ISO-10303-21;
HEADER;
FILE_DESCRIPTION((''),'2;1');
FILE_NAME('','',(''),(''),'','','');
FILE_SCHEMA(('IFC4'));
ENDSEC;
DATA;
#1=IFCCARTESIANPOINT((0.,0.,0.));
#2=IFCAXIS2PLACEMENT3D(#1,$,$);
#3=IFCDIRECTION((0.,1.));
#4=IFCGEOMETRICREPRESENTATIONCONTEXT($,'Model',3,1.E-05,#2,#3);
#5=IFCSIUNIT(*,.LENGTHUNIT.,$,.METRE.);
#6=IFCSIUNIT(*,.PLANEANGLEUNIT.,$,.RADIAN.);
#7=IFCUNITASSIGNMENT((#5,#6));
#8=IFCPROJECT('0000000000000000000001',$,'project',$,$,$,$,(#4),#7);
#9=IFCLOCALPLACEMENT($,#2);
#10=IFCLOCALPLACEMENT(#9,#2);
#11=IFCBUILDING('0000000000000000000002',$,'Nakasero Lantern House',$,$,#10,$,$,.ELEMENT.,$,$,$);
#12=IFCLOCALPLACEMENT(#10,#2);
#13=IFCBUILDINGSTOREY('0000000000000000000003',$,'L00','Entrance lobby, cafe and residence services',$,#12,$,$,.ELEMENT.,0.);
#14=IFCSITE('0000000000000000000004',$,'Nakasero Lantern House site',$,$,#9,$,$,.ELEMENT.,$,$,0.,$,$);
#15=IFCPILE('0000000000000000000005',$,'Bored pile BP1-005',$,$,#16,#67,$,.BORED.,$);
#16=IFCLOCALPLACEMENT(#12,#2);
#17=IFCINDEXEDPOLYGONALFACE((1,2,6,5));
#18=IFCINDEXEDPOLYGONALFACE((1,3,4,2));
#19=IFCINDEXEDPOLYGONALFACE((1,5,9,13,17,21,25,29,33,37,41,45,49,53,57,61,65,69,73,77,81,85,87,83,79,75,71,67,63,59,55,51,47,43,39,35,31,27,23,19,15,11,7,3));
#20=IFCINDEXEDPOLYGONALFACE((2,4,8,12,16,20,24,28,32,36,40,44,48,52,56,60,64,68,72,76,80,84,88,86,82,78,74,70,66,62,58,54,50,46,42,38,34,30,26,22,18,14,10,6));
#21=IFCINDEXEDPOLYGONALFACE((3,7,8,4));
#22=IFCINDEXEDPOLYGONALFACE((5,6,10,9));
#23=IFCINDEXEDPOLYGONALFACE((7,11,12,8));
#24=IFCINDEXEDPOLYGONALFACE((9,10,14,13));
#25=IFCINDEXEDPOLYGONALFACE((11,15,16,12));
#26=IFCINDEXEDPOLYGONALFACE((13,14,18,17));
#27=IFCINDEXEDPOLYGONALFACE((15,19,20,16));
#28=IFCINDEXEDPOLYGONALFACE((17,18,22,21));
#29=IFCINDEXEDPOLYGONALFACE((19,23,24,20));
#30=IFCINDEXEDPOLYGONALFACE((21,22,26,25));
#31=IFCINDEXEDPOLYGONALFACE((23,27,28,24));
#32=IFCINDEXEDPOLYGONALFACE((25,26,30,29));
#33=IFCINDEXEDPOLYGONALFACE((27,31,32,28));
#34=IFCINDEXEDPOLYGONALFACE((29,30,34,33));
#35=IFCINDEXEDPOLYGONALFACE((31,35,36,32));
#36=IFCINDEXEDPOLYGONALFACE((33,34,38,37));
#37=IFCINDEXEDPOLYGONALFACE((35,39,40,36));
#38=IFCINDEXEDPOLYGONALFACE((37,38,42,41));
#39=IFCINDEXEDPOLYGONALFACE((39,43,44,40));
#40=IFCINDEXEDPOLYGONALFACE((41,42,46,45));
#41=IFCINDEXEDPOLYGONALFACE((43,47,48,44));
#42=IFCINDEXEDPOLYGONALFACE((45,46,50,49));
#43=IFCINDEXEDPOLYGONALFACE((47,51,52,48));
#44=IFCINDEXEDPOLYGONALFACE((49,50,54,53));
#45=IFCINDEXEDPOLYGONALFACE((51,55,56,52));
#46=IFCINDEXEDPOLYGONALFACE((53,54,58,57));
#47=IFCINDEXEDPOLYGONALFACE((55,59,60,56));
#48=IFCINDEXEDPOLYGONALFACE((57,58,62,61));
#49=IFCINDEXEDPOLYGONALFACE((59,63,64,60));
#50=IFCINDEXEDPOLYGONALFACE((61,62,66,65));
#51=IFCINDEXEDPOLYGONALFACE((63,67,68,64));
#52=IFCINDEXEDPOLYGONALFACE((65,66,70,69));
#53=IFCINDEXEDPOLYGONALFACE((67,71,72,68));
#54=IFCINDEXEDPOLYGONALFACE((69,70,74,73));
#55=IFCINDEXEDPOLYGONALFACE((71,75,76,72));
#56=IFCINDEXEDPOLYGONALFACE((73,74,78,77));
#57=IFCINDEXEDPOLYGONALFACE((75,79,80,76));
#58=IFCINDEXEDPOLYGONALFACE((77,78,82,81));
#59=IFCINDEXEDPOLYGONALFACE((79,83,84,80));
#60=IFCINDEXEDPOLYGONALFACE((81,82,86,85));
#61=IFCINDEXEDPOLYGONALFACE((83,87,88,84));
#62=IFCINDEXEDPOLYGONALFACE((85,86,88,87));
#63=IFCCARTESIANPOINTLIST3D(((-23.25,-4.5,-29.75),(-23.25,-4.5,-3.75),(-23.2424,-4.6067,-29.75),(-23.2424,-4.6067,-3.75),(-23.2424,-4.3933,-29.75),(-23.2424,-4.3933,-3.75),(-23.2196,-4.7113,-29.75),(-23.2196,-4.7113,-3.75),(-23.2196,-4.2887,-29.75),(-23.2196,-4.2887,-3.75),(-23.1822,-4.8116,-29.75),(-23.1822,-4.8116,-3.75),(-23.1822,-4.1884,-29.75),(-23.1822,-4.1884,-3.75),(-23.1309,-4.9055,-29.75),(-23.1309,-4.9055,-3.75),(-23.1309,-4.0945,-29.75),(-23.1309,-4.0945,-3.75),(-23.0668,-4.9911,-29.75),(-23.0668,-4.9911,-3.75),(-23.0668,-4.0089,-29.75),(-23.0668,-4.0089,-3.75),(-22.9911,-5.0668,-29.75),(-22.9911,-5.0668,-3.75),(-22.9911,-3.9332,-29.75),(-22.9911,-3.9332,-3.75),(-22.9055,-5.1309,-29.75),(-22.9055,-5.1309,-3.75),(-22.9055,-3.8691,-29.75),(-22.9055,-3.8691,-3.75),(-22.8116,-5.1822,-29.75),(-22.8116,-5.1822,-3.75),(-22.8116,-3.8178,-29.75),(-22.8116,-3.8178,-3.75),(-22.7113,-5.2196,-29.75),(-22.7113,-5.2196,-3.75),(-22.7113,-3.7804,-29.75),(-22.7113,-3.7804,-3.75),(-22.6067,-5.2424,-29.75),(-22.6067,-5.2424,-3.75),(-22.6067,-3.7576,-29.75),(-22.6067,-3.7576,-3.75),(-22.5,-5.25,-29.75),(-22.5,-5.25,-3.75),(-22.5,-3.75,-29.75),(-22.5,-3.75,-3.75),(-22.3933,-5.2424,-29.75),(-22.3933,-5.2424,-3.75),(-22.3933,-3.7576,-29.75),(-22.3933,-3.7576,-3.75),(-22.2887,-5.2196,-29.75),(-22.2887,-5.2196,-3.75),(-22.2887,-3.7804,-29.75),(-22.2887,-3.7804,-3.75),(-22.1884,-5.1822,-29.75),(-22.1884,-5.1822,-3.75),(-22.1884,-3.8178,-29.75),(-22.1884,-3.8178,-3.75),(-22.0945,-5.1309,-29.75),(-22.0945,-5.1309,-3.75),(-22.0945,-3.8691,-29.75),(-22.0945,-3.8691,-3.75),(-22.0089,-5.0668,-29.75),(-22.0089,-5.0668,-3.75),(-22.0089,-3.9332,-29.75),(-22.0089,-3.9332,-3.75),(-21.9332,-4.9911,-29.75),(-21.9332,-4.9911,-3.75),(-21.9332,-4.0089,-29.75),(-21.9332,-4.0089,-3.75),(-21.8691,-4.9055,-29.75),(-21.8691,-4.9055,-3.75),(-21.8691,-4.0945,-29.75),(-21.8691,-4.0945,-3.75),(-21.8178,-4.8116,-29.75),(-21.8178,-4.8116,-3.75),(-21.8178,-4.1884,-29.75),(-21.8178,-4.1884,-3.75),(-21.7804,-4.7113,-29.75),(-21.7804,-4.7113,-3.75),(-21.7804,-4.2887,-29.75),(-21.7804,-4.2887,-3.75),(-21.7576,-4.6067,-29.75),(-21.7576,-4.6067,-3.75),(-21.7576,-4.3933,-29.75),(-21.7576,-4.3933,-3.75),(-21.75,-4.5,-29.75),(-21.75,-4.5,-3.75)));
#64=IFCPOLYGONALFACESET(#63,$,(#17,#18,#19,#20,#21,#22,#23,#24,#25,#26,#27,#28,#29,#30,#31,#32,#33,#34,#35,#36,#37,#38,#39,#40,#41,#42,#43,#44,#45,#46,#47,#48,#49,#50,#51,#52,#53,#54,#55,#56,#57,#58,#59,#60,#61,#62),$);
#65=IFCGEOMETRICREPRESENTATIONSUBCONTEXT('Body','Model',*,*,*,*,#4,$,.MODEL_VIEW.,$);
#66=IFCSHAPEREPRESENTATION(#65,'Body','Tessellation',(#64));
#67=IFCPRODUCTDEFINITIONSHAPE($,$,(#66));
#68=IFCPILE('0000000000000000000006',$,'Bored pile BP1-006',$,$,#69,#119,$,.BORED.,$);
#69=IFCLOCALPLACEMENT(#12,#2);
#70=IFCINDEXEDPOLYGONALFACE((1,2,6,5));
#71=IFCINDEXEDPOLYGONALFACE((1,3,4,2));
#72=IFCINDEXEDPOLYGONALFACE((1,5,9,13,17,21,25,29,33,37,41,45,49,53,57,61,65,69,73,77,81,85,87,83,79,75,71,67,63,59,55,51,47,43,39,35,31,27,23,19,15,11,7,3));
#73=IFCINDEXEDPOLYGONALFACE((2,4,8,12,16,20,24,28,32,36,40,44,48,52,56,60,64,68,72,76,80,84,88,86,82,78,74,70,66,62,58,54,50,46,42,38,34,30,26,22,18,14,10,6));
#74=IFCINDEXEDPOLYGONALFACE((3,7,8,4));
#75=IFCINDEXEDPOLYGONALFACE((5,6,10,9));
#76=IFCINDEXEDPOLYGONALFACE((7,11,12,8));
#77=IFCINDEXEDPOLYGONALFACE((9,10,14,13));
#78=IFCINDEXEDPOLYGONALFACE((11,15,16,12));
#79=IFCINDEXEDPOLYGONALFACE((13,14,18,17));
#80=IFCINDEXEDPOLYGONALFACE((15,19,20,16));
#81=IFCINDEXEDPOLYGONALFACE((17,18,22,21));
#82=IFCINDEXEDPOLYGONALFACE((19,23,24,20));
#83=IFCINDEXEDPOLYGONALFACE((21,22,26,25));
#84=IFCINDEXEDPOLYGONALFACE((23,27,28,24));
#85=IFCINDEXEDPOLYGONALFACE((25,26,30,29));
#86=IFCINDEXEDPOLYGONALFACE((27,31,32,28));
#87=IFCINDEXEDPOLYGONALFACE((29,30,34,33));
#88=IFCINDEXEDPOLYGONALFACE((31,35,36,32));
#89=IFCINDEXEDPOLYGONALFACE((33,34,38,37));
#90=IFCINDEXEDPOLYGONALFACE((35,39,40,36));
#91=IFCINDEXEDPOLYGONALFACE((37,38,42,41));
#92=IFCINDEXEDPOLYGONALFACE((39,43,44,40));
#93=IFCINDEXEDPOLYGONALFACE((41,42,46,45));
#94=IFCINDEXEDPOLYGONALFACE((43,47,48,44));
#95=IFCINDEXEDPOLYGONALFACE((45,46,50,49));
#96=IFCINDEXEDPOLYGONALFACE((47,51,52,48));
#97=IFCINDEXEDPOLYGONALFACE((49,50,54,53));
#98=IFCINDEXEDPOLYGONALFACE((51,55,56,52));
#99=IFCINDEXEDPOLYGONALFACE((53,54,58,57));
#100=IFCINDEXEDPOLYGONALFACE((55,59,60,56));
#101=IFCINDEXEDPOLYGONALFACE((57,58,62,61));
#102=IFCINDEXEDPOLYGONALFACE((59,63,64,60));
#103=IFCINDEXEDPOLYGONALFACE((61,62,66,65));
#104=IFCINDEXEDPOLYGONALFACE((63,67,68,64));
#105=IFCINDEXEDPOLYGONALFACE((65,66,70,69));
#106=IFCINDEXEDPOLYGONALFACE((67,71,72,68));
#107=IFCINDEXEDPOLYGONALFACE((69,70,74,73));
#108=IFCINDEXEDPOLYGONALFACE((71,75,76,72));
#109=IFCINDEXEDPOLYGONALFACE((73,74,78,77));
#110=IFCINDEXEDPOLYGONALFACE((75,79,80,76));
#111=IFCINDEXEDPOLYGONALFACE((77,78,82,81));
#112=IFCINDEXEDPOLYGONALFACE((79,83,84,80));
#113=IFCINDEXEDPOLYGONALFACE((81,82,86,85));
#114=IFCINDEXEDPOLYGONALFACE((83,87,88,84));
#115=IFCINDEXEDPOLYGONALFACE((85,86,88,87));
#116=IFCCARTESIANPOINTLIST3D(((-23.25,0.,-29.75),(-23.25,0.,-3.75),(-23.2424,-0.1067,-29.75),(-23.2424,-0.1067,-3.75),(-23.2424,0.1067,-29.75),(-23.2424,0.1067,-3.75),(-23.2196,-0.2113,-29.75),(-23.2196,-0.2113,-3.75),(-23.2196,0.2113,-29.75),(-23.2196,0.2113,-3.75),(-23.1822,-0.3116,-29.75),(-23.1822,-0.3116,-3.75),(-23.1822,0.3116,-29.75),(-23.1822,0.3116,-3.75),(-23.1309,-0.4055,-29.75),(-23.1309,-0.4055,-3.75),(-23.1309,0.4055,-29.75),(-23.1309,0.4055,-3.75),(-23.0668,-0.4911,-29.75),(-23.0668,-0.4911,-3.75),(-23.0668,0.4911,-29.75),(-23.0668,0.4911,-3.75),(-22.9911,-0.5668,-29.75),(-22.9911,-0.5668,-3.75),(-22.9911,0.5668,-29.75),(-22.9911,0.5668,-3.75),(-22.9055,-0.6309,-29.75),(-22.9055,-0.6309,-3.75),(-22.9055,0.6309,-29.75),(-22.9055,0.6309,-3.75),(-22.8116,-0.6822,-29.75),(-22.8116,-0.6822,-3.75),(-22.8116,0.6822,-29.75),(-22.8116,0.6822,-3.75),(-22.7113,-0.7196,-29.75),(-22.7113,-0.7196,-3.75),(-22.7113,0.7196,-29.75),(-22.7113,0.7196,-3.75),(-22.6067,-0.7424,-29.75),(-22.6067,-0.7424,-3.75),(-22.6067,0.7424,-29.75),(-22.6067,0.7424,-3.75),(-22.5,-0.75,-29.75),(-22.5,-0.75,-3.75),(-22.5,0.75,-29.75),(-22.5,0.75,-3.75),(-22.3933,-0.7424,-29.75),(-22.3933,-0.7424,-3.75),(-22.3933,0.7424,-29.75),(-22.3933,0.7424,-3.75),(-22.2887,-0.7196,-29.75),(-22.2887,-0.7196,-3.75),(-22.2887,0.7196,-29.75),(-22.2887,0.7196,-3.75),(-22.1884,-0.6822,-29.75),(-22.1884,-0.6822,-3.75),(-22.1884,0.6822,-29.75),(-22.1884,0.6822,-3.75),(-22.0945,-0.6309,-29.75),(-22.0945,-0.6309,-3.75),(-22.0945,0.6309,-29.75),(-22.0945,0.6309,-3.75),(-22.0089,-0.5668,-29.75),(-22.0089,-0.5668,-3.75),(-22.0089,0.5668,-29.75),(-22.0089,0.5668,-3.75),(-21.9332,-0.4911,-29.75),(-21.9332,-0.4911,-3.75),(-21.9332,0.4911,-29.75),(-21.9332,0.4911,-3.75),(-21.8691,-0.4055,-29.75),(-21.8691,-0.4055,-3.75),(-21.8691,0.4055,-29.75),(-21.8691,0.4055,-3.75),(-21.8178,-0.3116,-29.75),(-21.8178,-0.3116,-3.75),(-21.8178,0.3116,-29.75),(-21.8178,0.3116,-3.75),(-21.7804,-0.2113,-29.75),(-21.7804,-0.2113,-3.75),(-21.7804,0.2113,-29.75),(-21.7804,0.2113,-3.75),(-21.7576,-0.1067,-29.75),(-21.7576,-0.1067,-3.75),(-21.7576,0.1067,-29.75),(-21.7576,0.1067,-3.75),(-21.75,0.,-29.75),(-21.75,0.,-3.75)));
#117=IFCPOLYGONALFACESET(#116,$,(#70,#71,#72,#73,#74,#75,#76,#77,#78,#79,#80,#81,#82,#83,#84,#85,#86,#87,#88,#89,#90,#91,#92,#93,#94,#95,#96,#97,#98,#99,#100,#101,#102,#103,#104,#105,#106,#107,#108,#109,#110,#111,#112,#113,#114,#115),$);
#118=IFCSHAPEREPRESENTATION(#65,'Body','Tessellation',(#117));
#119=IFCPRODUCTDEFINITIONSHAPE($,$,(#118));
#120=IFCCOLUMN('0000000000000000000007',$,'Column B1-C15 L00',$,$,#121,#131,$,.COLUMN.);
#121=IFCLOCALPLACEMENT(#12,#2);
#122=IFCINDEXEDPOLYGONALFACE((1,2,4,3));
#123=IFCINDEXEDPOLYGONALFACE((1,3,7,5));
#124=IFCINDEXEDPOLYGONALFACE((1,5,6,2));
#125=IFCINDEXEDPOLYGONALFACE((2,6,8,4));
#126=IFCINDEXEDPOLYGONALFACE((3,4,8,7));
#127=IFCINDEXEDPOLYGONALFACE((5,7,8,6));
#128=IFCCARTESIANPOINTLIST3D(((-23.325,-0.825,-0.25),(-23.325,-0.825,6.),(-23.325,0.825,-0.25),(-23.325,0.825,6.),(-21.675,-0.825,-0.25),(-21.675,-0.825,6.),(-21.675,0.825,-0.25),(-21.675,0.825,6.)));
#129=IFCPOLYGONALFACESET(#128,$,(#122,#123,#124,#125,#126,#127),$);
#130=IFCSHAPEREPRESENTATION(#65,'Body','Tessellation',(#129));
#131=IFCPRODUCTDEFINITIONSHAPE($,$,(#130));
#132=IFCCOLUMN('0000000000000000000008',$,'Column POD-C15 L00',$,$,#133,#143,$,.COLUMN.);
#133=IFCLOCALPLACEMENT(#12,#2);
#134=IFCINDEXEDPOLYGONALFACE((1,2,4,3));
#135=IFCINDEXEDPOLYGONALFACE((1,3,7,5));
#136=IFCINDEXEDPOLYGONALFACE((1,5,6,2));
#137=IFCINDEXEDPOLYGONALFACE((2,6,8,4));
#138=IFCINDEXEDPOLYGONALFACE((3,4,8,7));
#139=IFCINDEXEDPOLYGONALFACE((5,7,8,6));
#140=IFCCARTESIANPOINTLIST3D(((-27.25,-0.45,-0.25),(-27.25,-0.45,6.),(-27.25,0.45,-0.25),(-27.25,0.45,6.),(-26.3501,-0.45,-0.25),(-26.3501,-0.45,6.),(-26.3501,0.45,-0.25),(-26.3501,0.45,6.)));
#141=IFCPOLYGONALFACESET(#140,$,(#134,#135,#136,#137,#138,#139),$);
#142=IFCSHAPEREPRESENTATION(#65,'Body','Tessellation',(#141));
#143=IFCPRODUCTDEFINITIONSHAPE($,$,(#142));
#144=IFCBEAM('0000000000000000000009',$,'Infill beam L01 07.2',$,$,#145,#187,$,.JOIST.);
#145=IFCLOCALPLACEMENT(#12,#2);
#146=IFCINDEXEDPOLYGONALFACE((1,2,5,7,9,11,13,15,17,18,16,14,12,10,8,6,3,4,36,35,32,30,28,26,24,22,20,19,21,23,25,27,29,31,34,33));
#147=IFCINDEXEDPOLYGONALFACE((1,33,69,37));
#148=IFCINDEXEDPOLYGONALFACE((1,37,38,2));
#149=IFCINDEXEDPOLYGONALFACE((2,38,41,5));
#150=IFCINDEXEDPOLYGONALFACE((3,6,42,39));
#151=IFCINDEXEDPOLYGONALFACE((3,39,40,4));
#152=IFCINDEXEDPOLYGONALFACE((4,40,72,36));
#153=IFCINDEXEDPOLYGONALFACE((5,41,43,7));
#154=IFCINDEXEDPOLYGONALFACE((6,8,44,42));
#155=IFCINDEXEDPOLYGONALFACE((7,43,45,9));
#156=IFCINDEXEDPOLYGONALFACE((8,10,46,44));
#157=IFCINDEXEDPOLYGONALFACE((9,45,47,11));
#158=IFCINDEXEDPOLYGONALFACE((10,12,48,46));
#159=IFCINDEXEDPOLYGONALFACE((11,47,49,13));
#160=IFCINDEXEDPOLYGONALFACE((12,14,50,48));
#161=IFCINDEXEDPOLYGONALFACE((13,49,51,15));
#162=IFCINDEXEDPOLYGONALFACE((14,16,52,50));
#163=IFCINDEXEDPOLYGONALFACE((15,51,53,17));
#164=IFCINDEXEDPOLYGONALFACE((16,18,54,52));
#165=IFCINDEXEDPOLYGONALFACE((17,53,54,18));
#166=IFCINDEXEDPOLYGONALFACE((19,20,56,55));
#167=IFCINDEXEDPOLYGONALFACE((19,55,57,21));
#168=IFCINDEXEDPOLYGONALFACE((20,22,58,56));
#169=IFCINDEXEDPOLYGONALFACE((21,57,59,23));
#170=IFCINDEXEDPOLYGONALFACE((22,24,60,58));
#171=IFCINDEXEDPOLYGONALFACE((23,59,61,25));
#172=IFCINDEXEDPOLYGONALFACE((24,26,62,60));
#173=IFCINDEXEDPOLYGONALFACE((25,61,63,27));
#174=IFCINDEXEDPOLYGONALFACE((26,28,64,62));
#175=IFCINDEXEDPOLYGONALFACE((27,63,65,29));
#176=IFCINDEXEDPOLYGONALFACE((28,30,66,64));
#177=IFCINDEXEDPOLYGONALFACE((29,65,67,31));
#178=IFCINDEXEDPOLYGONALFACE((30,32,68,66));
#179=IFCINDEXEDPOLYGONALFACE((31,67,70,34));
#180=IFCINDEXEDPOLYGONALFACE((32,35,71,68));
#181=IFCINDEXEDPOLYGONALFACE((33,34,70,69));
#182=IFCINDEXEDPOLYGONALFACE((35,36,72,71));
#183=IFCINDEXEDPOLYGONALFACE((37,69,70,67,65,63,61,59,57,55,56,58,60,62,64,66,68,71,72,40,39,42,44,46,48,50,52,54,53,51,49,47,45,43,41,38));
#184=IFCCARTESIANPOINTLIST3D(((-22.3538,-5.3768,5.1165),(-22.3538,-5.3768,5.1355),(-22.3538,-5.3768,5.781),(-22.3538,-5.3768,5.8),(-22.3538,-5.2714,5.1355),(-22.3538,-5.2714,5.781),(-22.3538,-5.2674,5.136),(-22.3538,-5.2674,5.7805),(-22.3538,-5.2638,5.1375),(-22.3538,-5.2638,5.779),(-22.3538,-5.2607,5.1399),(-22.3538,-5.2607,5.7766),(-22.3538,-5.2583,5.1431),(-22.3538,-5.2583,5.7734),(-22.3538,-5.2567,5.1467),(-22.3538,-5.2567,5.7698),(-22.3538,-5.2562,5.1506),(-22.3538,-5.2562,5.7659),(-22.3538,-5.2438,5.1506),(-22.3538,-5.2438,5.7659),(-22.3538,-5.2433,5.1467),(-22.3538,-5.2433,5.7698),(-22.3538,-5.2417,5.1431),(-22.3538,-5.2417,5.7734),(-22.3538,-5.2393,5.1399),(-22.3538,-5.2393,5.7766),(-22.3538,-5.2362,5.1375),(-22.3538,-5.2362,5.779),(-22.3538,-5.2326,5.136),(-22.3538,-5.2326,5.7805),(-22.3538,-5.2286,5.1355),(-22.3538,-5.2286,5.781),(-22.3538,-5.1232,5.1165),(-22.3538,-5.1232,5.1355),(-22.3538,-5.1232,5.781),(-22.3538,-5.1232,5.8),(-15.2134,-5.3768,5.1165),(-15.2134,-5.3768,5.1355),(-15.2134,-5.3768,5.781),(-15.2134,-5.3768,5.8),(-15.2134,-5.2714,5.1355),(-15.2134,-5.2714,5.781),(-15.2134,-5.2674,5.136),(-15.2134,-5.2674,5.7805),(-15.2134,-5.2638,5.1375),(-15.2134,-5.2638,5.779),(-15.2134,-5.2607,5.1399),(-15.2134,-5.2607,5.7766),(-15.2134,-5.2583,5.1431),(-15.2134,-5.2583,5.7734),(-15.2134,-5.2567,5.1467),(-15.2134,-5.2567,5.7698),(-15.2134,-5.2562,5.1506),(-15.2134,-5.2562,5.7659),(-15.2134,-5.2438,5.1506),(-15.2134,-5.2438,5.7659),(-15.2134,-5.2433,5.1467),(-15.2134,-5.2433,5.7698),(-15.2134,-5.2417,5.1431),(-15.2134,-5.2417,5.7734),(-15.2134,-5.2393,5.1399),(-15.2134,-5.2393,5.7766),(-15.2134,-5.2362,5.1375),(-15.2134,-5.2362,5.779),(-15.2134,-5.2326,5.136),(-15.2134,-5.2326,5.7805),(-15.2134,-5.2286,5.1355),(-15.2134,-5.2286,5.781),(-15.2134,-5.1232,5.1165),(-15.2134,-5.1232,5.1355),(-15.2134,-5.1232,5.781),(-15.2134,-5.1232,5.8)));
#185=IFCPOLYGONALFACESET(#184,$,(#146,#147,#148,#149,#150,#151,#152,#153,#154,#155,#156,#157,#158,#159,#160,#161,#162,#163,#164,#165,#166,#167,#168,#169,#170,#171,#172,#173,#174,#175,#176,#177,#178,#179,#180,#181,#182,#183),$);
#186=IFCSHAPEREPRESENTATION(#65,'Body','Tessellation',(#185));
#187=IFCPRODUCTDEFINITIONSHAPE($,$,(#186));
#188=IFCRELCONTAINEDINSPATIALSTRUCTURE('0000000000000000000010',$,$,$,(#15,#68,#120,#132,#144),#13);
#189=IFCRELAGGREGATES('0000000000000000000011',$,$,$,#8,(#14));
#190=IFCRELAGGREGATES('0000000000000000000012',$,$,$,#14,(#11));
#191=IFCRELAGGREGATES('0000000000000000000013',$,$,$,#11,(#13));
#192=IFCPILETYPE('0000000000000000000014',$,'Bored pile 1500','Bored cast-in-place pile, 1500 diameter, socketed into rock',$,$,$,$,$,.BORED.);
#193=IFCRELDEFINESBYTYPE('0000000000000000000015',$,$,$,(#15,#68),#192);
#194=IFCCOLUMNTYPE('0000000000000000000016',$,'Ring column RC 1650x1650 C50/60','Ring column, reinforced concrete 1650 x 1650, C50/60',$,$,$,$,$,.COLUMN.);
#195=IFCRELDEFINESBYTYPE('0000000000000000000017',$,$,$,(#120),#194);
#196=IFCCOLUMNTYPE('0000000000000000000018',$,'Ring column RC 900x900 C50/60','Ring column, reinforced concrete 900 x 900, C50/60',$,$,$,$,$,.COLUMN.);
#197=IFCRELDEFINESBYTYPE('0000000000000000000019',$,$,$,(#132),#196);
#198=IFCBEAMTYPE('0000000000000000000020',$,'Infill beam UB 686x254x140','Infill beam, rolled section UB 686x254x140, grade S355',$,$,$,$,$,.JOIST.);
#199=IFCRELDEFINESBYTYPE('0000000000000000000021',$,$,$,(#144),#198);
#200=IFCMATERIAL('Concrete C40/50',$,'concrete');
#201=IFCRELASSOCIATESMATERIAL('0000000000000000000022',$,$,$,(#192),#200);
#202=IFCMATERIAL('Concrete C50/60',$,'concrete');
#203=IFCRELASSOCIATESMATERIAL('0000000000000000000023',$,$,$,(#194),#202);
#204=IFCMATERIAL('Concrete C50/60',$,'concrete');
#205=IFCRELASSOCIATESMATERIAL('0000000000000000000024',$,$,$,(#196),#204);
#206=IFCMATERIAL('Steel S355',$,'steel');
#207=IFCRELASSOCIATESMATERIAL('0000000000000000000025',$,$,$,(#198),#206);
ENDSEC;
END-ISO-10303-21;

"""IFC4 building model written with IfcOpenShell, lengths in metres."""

from ifc_helpers import new_model, si_unit, direction, frame, origin, origin_2d, place, context, subcontext, project, spatial, rectangle, circle, i_section, extrude, material, material_profile, profile_set, type_object, element, save


model = new_model("IFC4")

# Units and contexts
model_context = context("Model", 3, precision=1e-05, world=origin(), true_north=direction((0.0, 1.0)))
body_context = subcontext(model_context, "Body", "Model", "MODEL_VIEW")
ifc_project = project(units=[si_unit("LENGTHUNIT", "METRE"), si_unit("PLANEANGLEUNIT", "RADIAN")], contexts=[model_context])

# Site, building, storey
site_placement = place(None, origin())
site = spatial("IfcSite", under=ifc_project, at=site_placement, Name="Nakasero Lantern House site", CompositionType="ELEMENT", RefElevation=0.0)
building_placement = place(site_placement, origin())
building = spatial("IfcBuilding", under=site, at=building_placement, Name="Nakasero Lantern House", CompositionType="ELEMENT")
storey_placement = place(building_placement, origin())
storey = spatial("IfcBuildingStorey", under=building, at=storey_placement, Name="L00", Description="Entrance lobby, cafe and residence services", CompositionType="ELEMENT", Elevation=0.0)

# Piles
ifc_material_1 = material(Name="Concrete C40/50", Category="concrete")
pile_type = type_object("IfcPileType", Name="Bored pile 1500", Description="Bored cast-in-place pile, 1500 diameter, socketed into rock", PredefinedType="BORED", material=ifc_material_1)
for number, where, z_axis, x_axis, name in (
    (1, (-22.5, -4.5, -3.75), (0.0, 0.0, -1.0), (1.0, 0.0, 0.0), "Bored pile BP1-005"),
    (2, (-22.5, 0.0, -3.75), (0.0, 0.0, -1.0), (1.0, 0.0, 0.0), "Bored pile BP1-006"),
):
    element("IfcPile", number, at=place(storey_placement, frame(where, z_axis=z_axis, x_axis=x_axis)), inside=storey, type_object=pile_type, Name=name, PredefinedType="BORED", context=body_context, shape_type="SweptSolid", body=[
        extrude(circle(Radius=0.75, at=origin_2d()), origin(), (0.0, 0.0, 1.0), 26.0),
    ])

# Columns
ifc_material_2 = material(Name="Concrete C50/60", Category="concrete")
ifc_material_profile_1 = material_profile(ifc_material_2, rectangle(XDim=1.6499, YDim=1.6499, at=origin_2d()), Name="RC 1650x1650")
ifc_profile_set_1 = profile_set([ifc_material_profile_1], Name="Concrete C50/60")
column_type_1 = type_object("IfcColumnType", Name="Ring column RC 1650x1650 C50/60", Description="Ring column, reinforced concrete 1650 x 1650, C50/60", PredefinedType="COLUMN", material=ifc_profile_set_1)
column_1_placement = place(storey_placement, frame((-22.5, 0.0, -0.25), z_axis=(0.0, 0.0, 1.0), x_axis=(1.0, 0.0, 0.0)))
element("IfcColumn", 3, at=column_1_placement, inside=storey, type_object=column_type_1, Name="Column B1-C15 L00", PredefinedType="COLUMN", context=body_context, shape_type="SweptSolid", body=[
    extrude(rectangle(XDim=1.6499, YDim=1.6499, at=origin_2d()), origin(), (0.0, 0.0, 1.0), 6.25),
])
ifc_material_3 = material(Name="Concrete C50/60", Category="concrete")
ifc_material_profile_2 = material_profile(ifc_material_3, rectangle(XDim=0.8999, YDim=0.8999, at=origin_2d()), Name="RC 900x900")
ifc_profile_set_2 = profile_set([ifc_material_profile_2], Name="Concrete C50/60")
column_type_2 = type_object("IfcColumnType", Name="Ring column RC 900x900 C50/60", Description="Ring column, reinforced concrete 900 x 900, C50/60", PredefinedType="COLUMN", material=ifc_profile_set_2)
column_2_placement = place(storey_placement, frame((-26.8, 0.0, -0.25), z_axis=(0.0, 0.0, 1.0), x_axis=(1.0, 0.0, 0.0)))
element("IfcColumn", 4, at=column_2_placement, inside=storey, type_object=column_type_2, Name="Column POD-C15 L00", PredefinedType="COLUMN", context=body_context, shape_type="SweptSolid", body=[
    extrude(rectangle(XDim=0.8999, YDim=0.8999, at=origin_2d()), origin(), (0.0, 0.0, 1.0), 6.25),
])

# Beam
ifc_material_4 = material(Name="Steel S355", Category="steel")
ifc_material_profile_3 = material_profile(ifc_material_4, i_section(OverallWidth=0.2537, OverallDepth=0.6836, WebThickness=0.0125, FlangeThickness=0.019, FilletRadius=0.0151, at=origin_2d()), Name="UB 686x254x140")
ifc_profile_set_3 = profile_set([ifc_material_profile_3], Name="Steel S355")
beam_type_1 = type_object("IfcBeamType", Name="Infill beam UB 686x254x140", Description="Infill beam, rolled section UB 686x254x140, grade S355", PredefinedType="JOIST", material=ifc_profile_set_3)
beam_1_placement = place(storey_placement, frame((-22.3538, -5.25, 5.4583), z_axis=(1.0, 0.0, 0.0), x_axis=(0.0, 1.0, 0.0)))
element("IfcBeam", 5, at=beam_1_placement, inside=storey, type_object=beam_type_1, Name="Infill beam L01 07.2", PredefinedType="JOIST", context=body_context, shape_type="SweptSolid", body=[
    extrude(i_section(OverallWidth=0.2537, OverallDepth=0.6836, WebThickness=0.0125, FlangeThickness=0.019, FilletRadius=0.0151, at=origin_2d()), origin(), (0.0, 0.0, 1.0), 7.1404),
])

save(model, "model.ifc")
